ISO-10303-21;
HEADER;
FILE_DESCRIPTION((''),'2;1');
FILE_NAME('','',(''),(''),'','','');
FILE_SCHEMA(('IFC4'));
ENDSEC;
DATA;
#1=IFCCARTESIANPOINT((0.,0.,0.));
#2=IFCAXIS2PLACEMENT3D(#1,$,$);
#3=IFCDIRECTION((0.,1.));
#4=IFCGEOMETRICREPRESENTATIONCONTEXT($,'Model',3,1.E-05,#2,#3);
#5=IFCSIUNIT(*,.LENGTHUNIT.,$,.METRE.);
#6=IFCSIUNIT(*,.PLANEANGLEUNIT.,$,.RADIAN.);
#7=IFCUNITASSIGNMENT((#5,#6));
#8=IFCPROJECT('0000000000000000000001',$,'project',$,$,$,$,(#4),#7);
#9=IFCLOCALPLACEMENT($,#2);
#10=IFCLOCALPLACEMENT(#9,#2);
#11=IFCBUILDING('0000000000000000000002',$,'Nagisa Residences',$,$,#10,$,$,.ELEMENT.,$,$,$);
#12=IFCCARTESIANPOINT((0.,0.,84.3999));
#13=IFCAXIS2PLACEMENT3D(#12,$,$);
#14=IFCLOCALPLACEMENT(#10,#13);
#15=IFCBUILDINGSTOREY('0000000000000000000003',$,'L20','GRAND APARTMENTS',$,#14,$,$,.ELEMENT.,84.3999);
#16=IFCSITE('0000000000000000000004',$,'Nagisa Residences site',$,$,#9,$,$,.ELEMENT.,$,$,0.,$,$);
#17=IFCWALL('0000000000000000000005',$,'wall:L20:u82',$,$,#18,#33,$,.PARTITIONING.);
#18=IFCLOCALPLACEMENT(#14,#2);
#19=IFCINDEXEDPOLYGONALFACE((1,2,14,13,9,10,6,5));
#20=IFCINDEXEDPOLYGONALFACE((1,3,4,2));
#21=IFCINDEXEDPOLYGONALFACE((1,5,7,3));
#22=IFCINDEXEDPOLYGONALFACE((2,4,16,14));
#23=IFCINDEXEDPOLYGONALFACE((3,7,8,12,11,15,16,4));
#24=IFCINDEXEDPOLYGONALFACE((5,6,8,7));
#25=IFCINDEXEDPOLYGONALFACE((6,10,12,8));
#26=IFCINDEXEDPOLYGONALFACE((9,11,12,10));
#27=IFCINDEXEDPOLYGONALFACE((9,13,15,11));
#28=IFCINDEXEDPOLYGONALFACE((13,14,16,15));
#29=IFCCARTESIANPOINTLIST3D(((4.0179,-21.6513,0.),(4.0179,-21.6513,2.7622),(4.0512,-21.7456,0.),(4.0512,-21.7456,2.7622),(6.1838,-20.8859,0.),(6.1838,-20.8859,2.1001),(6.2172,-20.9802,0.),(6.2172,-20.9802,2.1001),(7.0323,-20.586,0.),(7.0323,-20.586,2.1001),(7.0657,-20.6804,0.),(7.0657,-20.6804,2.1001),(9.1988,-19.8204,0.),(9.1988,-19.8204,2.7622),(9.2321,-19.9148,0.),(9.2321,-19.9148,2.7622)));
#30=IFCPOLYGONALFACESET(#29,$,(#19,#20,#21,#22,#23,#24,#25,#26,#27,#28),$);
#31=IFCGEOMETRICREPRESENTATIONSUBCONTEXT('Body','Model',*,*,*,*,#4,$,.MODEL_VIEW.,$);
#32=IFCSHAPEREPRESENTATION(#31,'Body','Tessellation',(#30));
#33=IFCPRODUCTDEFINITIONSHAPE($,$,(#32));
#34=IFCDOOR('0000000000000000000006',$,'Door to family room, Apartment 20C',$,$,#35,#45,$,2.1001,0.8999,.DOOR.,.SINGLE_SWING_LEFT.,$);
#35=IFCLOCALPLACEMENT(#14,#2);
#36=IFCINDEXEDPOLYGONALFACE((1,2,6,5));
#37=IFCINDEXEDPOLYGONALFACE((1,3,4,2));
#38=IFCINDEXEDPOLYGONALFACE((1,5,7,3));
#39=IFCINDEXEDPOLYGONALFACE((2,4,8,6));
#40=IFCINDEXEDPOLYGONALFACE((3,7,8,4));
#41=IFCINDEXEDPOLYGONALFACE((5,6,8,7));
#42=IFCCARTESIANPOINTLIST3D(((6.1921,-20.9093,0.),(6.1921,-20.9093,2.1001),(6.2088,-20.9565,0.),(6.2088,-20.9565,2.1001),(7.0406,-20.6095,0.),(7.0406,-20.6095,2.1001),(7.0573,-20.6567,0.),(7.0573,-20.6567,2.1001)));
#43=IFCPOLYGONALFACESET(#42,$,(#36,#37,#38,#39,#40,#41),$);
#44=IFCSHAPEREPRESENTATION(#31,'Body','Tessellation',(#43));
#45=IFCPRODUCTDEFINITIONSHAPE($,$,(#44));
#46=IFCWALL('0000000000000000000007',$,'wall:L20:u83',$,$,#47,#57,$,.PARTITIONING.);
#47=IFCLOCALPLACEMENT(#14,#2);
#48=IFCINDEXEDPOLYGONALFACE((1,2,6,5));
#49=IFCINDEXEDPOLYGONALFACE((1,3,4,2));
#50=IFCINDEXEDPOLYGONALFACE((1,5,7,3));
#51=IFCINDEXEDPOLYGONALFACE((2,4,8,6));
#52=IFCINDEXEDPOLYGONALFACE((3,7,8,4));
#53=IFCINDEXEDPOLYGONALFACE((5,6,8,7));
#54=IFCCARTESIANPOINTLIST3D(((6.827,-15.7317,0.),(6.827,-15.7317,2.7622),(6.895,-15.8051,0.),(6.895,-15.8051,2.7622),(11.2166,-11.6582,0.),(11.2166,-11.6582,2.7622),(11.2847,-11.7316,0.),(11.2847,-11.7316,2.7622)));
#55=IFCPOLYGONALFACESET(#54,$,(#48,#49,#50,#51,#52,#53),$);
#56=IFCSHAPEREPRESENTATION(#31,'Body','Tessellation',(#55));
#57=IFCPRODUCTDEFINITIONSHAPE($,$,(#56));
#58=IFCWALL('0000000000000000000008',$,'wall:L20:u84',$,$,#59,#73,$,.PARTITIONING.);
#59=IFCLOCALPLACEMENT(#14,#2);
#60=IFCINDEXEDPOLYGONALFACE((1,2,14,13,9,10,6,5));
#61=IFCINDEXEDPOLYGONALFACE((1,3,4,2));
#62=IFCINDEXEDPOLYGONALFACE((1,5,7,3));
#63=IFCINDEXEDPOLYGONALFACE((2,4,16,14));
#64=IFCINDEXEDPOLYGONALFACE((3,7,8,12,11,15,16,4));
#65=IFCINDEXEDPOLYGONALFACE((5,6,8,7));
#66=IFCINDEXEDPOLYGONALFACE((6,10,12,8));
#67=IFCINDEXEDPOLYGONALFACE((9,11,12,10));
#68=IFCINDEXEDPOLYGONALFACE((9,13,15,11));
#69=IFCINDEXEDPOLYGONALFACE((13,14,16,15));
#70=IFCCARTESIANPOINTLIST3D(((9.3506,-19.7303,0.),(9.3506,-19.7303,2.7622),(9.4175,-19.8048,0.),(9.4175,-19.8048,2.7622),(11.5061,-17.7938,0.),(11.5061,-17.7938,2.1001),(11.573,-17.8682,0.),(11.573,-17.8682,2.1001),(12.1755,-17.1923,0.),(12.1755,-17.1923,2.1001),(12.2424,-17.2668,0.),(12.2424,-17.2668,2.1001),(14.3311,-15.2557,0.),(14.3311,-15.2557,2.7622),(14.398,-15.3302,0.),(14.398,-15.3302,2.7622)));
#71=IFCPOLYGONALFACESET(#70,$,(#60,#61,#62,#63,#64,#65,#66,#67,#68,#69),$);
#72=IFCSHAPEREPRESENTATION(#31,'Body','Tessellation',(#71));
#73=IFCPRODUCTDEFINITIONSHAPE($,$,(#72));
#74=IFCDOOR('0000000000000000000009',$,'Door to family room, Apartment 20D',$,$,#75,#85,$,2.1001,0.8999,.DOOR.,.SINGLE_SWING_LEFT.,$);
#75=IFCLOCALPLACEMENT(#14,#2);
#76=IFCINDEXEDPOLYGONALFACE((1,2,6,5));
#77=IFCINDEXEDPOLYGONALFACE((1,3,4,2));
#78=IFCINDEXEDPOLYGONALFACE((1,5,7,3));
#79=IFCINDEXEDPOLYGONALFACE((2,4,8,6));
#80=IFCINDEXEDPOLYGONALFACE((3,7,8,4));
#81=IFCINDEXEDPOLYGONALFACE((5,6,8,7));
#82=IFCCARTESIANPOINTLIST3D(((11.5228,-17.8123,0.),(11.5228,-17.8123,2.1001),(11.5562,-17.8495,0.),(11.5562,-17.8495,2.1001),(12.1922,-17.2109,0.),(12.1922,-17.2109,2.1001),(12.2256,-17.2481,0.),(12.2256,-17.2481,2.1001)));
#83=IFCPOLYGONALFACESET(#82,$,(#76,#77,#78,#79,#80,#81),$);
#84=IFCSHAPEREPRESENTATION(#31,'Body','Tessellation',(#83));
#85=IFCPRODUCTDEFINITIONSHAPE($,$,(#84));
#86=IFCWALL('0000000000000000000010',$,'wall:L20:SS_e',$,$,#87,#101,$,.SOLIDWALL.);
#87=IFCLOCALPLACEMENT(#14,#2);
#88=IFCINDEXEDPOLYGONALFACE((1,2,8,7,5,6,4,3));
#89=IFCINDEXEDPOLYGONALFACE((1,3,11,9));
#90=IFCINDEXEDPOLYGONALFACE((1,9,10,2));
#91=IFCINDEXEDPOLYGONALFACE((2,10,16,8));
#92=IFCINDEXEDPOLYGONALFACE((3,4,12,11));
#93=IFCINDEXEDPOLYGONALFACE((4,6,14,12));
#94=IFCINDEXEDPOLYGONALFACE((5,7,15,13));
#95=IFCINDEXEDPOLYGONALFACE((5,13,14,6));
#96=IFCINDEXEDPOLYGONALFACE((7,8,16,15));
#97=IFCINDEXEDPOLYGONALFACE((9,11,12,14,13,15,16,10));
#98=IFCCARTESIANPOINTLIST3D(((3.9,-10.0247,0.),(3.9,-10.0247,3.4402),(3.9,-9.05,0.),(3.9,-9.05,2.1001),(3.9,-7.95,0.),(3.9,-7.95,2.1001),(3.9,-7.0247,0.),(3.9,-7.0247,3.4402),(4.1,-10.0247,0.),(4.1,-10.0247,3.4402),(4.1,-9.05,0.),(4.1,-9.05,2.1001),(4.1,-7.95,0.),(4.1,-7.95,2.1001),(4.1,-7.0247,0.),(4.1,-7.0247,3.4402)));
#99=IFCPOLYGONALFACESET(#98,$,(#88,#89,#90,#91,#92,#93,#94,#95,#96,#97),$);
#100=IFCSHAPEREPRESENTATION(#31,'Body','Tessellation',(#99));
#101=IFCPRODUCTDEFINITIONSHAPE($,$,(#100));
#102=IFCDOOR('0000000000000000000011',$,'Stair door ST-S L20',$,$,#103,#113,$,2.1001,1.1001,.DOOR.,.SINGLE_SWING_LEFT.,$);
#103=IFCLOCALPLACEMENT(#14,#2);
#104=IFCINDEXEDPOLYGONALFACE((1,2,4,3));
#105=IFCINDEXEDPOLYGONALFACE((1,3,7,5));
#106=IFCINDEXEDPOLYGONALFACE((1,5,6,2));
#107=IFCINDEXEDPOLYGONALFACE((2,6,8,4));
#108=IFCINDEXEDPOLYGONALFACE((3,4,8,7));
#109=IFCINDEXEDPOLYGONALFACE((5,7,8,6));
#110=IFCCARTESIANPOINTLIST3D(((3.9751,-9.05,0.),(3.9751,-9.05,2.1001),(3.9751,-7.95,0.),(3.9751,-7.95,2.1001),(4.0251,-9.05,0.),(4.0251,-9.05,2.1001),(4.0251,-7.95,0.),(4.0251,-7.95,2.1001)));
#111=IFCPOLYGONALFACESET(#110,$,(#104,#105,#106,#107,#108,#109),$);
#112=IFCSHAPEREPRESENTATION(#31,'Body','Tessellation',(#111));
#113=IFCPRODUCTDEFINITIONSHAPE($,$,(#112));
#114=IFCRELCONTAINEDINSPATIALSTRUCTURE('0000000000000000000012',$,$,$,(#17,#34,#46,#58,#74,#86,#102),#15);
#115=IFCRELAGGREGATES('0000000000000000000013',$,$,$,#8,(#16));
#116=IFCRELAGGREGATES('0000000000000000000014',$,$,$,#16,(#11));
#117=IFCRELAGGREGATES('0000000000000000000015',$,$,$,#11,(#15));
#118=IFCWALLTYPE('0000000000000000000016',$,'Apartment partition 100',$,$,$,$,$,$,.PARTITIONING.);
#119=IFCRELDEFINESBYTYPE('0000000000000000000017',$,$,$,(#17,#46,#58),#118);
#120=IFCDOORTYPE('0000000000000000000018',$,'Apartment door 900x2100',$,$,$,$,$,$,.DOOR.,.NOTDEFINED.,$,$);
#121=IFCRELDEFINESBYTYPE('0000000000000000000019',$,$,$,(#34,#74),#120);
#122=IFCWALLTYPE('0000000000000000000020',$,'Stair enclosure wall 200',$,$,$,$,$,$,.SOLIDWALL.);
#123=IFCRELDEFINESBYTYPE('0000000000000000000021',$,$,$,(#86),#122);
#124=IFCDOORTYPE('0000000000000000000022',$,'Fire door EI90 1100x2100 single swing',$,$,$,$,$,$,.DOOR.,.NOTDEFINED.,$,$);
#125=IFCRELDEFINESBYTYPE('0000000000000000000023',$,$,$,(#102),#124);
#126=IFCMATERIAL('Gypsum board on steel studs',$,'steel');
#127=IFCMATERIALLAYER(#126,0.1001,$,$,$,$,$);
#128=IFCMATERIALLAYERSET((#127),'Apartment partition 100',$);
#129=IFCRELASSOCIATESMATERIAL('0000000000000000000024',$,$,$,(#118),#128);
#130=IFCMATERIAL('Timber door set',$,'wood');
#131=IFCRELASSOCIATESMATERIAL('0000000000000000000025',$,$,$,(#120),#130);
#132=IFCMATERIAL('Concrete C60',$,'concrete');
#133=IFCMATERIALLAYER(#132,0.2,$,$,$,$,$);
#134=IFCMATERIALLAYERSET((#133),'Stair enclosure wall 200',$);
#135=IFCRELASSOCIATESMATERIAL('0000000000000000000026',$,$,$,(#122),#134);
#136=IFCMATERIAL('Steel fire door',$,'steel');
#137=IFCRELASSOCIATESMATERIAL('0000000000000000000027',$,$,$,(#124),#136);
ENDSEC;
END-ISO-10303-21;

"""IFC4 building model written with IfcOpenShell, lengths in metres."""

from ifc_helpers import new_model, si_unit, direction, frame, frame_2d, origin, place, context, subcontext, project, spatial, rectangle, extrude, material, layer, layer_set, type_object, element, fill, save


model = new_model("IFC4")

# Units and contexts
model_context = context("Model", 3, precision=1e-05, world=origin(), true_north=direction((0.0, 1.0)))
body_context = subcontext(model_context, "Body", "Model", "MODEL_VIEW")
ifc_project = project(units=[si_unit("LENGTHUNIT", "METRE"), si_unit("PLANEANGLEUNIT", "RADIAN")], contexts=[model_context])

# Site, building, storey
site_placement = place(None, origin())
site = spatial("IfcSite", under=ifc_project, at=site_placement, Name="Nagisa Residences site", CompositionType="ELEMENT", RefElevation=0.0)
building_placement = place(site_placement, origin())
building = spatial("IfcBuilding", under=site, at=building_placement, Name="Nagisa Residences", CompositionType="ELEMENT")
storey_placement = place(building_placement, frame((0.0, 0.0, 84.3999)))
storey = spatial("IfcBuildingStorey", under=building, at=storey_placement, Name="L20", Description="GRAND APARTMENTS", CompositionType="ELEMENT", Elevation=84.3999)

# Wall, opening, door
ifc_material_1 = material(Name="Gypsum board on steel studs", Category="steel")
ifc_layer_1 = layer(ifc_material_1, 0.1001)
ifc_layer_set_1 = layer_set([ifc_layer_1], Name="Apartment partition 100")
wall_type_1 = type_object("IfcWallType", Name="Apartment partition 100", PredefinedType="PARTITIONING", material=ifc_layer_set_1)
ifc_material_2 = material(Name="Timber door set", Category="wood")
door_type_1 = type_object("IfcDoorType", Name="Apartment door 900x2100", OperationType="NOTDEFINED", PredefinedType="DOOR", material=ifc_material_2)
wall_1_placement = place(storey_placement, frame((4.0344, -21.6985, 0.0), z_axis=(0.0, 0.0, 1.0), x_axis=(0.942861, 0.333185, 0.0)))
wall_1 = element("IfcWall", 1, at=wall_1_placement, inside=storey, type_object=wall_type_1, Name="wall:L20:u82", PredefinedType="PARTITIONING", context=body_context, shape_type="SweptSolid", body=[
    extrude(rectangle(XDim=5.4949, YDim=0.1001, at=frame_2d((2.7476, 0.0))), origin(), (0.0, 0.0, 1.0), 2.7622),
])
opening_1_placement = place(wall_1_placement, frame((2.2974, 0.0, 0.0)))
opening_1 = element("IfcOpeningElement", 2, at=opening_1_placement, cuts=wall_1, PredefinedType="OPENING", context=body_context, shape_type="SweptSolid", body=[
    extrude(rectangle(XDim=0.8999, YDim=2.1001, at=frame_2d((0.45, 1.05))), frame((0.0, 0.0601, 0.0), z_axis=(0.0, -1.0, 0.0), x_axis=(1.0, 0.0, 0.0)), (0.0, 0.0, 1.0), 0.1201),
])
door_1_placement = place(opening_1_placement, frame((0.8999, 0.0, 0.0), x_axis=(-1.0, 0.0, 0.0)))
door_1 = element("IfcDoor", 3, at=door_1_placement, inside=storey, type_object=door_type_1, Name="Door to family room, Apartment 20C", OperationType="SINGLE_SWING_LEFT", OverallHeight=2.1001, OverallWidth=0.8999, PredefinedType="DOOR", context=body_context, shape_type="SweptSolid", body=[
    extrude(rectangle(XDim=0.8999, YDim=2.1001, at=frame_2d((0.45, 1.05))), frame((0.0, 0.0249, 0.0), z_axis=(0.0, -1.0, 0.0), x_axis=(1.0, 0.0, 0.0)), (0.0, 0.0, 1.0), 0.05),
])
fill(opening_1, door_1)

# Wall
wall_2_placement = place(storey_placement, frame((6.8611, -15.7683, 0.0), z_axis=(0.0, 0.0, 1.0), x_axis=(0.733011, 0.680217, 0.0)))
element("IfcWall", 4, at=wall_2_placement, inside=storey, type_object=wall_type_1, Name="wall:L20:u83", PredefinedType="PARTITIONING", context=body_context, shape_type="SweptSolid", body=[
    extrude(rectangle(XDim=5.9885, YDim=0.1001, at=frame_2d((2.9941, 0.0))), origin(), (0.0, 0.0, 1.0), 2.7622),
])

# Walls, openings, doors
wall_3_placement = place(storey_placement, frame((9.384, -19.7676, 0.0), z_axis=(0.0, 0.0, 1.0), x_axis=(0.743874, 0.66832, 0.0)))
wall_3 = element("IfcWall", 5, at=wall_3_placement, inside=storey, type_object=wall_type_1, Name="wall:L20:u84", PredefinedType="PARTITIONING", context=body_context, shape_type="SweptSolid", body=[
    extrude(rectangle(XDim=6.6953, YDim=0.1001, at=frame_2d((3.3477, 0.0))), origin(), (0.0, 0.0, 1.0), 2.7622),
])
opening_2_placement = place(wall_3_placement, frame((2.8977, 0.0, 0.0)))
opening_2 = element("IfcOpeningElement", 6, at=opening_2_placement, cuts=wall_3, PredefinedType="OPENING", context=body_context, shape_type="SweptSolid", body=[
    extrude(rectangle(XDim=0.8999, YDim=2.1001, at=frame_2d((0.45, 1.05))), frame((0.0, 0.0601, 0.0), z_axis=(0.0, -1.0, 0.0), x_axis=(1.0, 0.0, 0.0)), (0.0, 0.0, 1.0), 0.1201),
])
door_2_placement = place(opening_2_placement, frame((0.8999, 0.0, 0.0), x_axis=(-1.0, 0.0, 0.0)))
door_2 = element("IfcDoor", 7, at=door_2_placement, inside=storey, type_object=door_type_1, Name="Door to family room, Apartment 20D", OperationType="SINGLE_SWING_LEFT", OverallHeight=2.1001, OverallWidth=0.8999, PredefinedType="DOOR", context=body_context, shape_type="SweptSolid", body=[
    extrude(rectangle(XDim=0.8999, YDim=2.1001, at=frame_2d((0.45, 1.05))), frame((0.0, 0.0249, 0.0), z_axis=(0.0, -1.0, 0.0), x_axis=(1.0, 0.0, 0.0)), (0.0, 0.0, 1.0), 0.05),
])
fill(opening_2, door_2)
ifc_material_3 = material(Name="Concrete C60", Category="concrete")
ifc_layer_2 = layer(ifc_material_3, 0.2)
ifc_layer_set_2 = layer_set([ifc_layer_2], Name="Stair enclosure wall 200")
wall_type_2 = type_object("IfcWallType", Name="Stair enclosure wall 200", PredefinedType="SOLIDWALL", material=ifc_layer_set_2)
wall_4_placement = place(storey_placement, frame((4.0, -10.0247, 0.0), z_axis=(0.0, 0.0, 1.0), x_axis=(0.0, 1.0, 0.0)))
wall_4 = element("IfcWall", 8, at=wall_4_placement, inside=storey, type_object=wall_type_2, Name="wall:L20:SS_e", PredefinedType="SOLIDWALL", context=body_context, shape_type="SweptSolid", body=[
    extrude(rectangle(XDim=3.0, YDim=0.2, at=frame_2d((1.5, 0.0))), origin(), (0.0, 0.0, 1.0), 3.4402),
])
opening_3_placement = place(wall_4_placement, frame((0.9746, 0.0, 0.0)))
opening_3 = element("IfcOpeningElement", 9, at=opening_3_placement, cuts=wall_4, PredefinedType="OPENING", context=body_context, shape_type="SweptSolid", body=[
    extrude(rectangle(XDim=1.1001, YDim=2.1001, at=frame_2d((0.55, 1.05))), frame((0.0, 0.1099, 0.0), z_axis=(0.0, -1.0, 0.0), x_axis=(1.0, 0.0, 0.0)), (0.0, 0.0, 1.0), 0.22),
])
ifc_material_4 = material(Name="Steel fire door", Category="steel")
door_type_2 = type_object("IfcDoorType", Name="Fire door EI90 1100x2100 single swing", OperationType="NOTDEFINED", PredefinedType="DOOR", material=ifc_material_4)
door_3_placement = place(opening_3_placement, origin())
door_3 = element("IfcDoor", 10, at=door_3_placement, inside=storey, type_object=door_type_2, Name="Stair door ST-S L20", OperationType="SINGLE_SWING_LEFT", OverallHeight=2.1001, OverallWidth=1.1001, PredefinedType="DOOR", context=body_context, shape_type="SweptSolid", body=[
    extrude(rectangle(XDim=1.1001, YDim=2.1001, at=frame_2d((0.55, 1.05))), frame((0.0, 0.0249, 0.0), z_axis=(0.0, -1.0, 0.0), x_axis=(1.0, 0.0, 0.0)), (0.0, 0.0, 1.0), 0.05),
])
fill(opening_3, door_3)

save(model, "model.ifc")
